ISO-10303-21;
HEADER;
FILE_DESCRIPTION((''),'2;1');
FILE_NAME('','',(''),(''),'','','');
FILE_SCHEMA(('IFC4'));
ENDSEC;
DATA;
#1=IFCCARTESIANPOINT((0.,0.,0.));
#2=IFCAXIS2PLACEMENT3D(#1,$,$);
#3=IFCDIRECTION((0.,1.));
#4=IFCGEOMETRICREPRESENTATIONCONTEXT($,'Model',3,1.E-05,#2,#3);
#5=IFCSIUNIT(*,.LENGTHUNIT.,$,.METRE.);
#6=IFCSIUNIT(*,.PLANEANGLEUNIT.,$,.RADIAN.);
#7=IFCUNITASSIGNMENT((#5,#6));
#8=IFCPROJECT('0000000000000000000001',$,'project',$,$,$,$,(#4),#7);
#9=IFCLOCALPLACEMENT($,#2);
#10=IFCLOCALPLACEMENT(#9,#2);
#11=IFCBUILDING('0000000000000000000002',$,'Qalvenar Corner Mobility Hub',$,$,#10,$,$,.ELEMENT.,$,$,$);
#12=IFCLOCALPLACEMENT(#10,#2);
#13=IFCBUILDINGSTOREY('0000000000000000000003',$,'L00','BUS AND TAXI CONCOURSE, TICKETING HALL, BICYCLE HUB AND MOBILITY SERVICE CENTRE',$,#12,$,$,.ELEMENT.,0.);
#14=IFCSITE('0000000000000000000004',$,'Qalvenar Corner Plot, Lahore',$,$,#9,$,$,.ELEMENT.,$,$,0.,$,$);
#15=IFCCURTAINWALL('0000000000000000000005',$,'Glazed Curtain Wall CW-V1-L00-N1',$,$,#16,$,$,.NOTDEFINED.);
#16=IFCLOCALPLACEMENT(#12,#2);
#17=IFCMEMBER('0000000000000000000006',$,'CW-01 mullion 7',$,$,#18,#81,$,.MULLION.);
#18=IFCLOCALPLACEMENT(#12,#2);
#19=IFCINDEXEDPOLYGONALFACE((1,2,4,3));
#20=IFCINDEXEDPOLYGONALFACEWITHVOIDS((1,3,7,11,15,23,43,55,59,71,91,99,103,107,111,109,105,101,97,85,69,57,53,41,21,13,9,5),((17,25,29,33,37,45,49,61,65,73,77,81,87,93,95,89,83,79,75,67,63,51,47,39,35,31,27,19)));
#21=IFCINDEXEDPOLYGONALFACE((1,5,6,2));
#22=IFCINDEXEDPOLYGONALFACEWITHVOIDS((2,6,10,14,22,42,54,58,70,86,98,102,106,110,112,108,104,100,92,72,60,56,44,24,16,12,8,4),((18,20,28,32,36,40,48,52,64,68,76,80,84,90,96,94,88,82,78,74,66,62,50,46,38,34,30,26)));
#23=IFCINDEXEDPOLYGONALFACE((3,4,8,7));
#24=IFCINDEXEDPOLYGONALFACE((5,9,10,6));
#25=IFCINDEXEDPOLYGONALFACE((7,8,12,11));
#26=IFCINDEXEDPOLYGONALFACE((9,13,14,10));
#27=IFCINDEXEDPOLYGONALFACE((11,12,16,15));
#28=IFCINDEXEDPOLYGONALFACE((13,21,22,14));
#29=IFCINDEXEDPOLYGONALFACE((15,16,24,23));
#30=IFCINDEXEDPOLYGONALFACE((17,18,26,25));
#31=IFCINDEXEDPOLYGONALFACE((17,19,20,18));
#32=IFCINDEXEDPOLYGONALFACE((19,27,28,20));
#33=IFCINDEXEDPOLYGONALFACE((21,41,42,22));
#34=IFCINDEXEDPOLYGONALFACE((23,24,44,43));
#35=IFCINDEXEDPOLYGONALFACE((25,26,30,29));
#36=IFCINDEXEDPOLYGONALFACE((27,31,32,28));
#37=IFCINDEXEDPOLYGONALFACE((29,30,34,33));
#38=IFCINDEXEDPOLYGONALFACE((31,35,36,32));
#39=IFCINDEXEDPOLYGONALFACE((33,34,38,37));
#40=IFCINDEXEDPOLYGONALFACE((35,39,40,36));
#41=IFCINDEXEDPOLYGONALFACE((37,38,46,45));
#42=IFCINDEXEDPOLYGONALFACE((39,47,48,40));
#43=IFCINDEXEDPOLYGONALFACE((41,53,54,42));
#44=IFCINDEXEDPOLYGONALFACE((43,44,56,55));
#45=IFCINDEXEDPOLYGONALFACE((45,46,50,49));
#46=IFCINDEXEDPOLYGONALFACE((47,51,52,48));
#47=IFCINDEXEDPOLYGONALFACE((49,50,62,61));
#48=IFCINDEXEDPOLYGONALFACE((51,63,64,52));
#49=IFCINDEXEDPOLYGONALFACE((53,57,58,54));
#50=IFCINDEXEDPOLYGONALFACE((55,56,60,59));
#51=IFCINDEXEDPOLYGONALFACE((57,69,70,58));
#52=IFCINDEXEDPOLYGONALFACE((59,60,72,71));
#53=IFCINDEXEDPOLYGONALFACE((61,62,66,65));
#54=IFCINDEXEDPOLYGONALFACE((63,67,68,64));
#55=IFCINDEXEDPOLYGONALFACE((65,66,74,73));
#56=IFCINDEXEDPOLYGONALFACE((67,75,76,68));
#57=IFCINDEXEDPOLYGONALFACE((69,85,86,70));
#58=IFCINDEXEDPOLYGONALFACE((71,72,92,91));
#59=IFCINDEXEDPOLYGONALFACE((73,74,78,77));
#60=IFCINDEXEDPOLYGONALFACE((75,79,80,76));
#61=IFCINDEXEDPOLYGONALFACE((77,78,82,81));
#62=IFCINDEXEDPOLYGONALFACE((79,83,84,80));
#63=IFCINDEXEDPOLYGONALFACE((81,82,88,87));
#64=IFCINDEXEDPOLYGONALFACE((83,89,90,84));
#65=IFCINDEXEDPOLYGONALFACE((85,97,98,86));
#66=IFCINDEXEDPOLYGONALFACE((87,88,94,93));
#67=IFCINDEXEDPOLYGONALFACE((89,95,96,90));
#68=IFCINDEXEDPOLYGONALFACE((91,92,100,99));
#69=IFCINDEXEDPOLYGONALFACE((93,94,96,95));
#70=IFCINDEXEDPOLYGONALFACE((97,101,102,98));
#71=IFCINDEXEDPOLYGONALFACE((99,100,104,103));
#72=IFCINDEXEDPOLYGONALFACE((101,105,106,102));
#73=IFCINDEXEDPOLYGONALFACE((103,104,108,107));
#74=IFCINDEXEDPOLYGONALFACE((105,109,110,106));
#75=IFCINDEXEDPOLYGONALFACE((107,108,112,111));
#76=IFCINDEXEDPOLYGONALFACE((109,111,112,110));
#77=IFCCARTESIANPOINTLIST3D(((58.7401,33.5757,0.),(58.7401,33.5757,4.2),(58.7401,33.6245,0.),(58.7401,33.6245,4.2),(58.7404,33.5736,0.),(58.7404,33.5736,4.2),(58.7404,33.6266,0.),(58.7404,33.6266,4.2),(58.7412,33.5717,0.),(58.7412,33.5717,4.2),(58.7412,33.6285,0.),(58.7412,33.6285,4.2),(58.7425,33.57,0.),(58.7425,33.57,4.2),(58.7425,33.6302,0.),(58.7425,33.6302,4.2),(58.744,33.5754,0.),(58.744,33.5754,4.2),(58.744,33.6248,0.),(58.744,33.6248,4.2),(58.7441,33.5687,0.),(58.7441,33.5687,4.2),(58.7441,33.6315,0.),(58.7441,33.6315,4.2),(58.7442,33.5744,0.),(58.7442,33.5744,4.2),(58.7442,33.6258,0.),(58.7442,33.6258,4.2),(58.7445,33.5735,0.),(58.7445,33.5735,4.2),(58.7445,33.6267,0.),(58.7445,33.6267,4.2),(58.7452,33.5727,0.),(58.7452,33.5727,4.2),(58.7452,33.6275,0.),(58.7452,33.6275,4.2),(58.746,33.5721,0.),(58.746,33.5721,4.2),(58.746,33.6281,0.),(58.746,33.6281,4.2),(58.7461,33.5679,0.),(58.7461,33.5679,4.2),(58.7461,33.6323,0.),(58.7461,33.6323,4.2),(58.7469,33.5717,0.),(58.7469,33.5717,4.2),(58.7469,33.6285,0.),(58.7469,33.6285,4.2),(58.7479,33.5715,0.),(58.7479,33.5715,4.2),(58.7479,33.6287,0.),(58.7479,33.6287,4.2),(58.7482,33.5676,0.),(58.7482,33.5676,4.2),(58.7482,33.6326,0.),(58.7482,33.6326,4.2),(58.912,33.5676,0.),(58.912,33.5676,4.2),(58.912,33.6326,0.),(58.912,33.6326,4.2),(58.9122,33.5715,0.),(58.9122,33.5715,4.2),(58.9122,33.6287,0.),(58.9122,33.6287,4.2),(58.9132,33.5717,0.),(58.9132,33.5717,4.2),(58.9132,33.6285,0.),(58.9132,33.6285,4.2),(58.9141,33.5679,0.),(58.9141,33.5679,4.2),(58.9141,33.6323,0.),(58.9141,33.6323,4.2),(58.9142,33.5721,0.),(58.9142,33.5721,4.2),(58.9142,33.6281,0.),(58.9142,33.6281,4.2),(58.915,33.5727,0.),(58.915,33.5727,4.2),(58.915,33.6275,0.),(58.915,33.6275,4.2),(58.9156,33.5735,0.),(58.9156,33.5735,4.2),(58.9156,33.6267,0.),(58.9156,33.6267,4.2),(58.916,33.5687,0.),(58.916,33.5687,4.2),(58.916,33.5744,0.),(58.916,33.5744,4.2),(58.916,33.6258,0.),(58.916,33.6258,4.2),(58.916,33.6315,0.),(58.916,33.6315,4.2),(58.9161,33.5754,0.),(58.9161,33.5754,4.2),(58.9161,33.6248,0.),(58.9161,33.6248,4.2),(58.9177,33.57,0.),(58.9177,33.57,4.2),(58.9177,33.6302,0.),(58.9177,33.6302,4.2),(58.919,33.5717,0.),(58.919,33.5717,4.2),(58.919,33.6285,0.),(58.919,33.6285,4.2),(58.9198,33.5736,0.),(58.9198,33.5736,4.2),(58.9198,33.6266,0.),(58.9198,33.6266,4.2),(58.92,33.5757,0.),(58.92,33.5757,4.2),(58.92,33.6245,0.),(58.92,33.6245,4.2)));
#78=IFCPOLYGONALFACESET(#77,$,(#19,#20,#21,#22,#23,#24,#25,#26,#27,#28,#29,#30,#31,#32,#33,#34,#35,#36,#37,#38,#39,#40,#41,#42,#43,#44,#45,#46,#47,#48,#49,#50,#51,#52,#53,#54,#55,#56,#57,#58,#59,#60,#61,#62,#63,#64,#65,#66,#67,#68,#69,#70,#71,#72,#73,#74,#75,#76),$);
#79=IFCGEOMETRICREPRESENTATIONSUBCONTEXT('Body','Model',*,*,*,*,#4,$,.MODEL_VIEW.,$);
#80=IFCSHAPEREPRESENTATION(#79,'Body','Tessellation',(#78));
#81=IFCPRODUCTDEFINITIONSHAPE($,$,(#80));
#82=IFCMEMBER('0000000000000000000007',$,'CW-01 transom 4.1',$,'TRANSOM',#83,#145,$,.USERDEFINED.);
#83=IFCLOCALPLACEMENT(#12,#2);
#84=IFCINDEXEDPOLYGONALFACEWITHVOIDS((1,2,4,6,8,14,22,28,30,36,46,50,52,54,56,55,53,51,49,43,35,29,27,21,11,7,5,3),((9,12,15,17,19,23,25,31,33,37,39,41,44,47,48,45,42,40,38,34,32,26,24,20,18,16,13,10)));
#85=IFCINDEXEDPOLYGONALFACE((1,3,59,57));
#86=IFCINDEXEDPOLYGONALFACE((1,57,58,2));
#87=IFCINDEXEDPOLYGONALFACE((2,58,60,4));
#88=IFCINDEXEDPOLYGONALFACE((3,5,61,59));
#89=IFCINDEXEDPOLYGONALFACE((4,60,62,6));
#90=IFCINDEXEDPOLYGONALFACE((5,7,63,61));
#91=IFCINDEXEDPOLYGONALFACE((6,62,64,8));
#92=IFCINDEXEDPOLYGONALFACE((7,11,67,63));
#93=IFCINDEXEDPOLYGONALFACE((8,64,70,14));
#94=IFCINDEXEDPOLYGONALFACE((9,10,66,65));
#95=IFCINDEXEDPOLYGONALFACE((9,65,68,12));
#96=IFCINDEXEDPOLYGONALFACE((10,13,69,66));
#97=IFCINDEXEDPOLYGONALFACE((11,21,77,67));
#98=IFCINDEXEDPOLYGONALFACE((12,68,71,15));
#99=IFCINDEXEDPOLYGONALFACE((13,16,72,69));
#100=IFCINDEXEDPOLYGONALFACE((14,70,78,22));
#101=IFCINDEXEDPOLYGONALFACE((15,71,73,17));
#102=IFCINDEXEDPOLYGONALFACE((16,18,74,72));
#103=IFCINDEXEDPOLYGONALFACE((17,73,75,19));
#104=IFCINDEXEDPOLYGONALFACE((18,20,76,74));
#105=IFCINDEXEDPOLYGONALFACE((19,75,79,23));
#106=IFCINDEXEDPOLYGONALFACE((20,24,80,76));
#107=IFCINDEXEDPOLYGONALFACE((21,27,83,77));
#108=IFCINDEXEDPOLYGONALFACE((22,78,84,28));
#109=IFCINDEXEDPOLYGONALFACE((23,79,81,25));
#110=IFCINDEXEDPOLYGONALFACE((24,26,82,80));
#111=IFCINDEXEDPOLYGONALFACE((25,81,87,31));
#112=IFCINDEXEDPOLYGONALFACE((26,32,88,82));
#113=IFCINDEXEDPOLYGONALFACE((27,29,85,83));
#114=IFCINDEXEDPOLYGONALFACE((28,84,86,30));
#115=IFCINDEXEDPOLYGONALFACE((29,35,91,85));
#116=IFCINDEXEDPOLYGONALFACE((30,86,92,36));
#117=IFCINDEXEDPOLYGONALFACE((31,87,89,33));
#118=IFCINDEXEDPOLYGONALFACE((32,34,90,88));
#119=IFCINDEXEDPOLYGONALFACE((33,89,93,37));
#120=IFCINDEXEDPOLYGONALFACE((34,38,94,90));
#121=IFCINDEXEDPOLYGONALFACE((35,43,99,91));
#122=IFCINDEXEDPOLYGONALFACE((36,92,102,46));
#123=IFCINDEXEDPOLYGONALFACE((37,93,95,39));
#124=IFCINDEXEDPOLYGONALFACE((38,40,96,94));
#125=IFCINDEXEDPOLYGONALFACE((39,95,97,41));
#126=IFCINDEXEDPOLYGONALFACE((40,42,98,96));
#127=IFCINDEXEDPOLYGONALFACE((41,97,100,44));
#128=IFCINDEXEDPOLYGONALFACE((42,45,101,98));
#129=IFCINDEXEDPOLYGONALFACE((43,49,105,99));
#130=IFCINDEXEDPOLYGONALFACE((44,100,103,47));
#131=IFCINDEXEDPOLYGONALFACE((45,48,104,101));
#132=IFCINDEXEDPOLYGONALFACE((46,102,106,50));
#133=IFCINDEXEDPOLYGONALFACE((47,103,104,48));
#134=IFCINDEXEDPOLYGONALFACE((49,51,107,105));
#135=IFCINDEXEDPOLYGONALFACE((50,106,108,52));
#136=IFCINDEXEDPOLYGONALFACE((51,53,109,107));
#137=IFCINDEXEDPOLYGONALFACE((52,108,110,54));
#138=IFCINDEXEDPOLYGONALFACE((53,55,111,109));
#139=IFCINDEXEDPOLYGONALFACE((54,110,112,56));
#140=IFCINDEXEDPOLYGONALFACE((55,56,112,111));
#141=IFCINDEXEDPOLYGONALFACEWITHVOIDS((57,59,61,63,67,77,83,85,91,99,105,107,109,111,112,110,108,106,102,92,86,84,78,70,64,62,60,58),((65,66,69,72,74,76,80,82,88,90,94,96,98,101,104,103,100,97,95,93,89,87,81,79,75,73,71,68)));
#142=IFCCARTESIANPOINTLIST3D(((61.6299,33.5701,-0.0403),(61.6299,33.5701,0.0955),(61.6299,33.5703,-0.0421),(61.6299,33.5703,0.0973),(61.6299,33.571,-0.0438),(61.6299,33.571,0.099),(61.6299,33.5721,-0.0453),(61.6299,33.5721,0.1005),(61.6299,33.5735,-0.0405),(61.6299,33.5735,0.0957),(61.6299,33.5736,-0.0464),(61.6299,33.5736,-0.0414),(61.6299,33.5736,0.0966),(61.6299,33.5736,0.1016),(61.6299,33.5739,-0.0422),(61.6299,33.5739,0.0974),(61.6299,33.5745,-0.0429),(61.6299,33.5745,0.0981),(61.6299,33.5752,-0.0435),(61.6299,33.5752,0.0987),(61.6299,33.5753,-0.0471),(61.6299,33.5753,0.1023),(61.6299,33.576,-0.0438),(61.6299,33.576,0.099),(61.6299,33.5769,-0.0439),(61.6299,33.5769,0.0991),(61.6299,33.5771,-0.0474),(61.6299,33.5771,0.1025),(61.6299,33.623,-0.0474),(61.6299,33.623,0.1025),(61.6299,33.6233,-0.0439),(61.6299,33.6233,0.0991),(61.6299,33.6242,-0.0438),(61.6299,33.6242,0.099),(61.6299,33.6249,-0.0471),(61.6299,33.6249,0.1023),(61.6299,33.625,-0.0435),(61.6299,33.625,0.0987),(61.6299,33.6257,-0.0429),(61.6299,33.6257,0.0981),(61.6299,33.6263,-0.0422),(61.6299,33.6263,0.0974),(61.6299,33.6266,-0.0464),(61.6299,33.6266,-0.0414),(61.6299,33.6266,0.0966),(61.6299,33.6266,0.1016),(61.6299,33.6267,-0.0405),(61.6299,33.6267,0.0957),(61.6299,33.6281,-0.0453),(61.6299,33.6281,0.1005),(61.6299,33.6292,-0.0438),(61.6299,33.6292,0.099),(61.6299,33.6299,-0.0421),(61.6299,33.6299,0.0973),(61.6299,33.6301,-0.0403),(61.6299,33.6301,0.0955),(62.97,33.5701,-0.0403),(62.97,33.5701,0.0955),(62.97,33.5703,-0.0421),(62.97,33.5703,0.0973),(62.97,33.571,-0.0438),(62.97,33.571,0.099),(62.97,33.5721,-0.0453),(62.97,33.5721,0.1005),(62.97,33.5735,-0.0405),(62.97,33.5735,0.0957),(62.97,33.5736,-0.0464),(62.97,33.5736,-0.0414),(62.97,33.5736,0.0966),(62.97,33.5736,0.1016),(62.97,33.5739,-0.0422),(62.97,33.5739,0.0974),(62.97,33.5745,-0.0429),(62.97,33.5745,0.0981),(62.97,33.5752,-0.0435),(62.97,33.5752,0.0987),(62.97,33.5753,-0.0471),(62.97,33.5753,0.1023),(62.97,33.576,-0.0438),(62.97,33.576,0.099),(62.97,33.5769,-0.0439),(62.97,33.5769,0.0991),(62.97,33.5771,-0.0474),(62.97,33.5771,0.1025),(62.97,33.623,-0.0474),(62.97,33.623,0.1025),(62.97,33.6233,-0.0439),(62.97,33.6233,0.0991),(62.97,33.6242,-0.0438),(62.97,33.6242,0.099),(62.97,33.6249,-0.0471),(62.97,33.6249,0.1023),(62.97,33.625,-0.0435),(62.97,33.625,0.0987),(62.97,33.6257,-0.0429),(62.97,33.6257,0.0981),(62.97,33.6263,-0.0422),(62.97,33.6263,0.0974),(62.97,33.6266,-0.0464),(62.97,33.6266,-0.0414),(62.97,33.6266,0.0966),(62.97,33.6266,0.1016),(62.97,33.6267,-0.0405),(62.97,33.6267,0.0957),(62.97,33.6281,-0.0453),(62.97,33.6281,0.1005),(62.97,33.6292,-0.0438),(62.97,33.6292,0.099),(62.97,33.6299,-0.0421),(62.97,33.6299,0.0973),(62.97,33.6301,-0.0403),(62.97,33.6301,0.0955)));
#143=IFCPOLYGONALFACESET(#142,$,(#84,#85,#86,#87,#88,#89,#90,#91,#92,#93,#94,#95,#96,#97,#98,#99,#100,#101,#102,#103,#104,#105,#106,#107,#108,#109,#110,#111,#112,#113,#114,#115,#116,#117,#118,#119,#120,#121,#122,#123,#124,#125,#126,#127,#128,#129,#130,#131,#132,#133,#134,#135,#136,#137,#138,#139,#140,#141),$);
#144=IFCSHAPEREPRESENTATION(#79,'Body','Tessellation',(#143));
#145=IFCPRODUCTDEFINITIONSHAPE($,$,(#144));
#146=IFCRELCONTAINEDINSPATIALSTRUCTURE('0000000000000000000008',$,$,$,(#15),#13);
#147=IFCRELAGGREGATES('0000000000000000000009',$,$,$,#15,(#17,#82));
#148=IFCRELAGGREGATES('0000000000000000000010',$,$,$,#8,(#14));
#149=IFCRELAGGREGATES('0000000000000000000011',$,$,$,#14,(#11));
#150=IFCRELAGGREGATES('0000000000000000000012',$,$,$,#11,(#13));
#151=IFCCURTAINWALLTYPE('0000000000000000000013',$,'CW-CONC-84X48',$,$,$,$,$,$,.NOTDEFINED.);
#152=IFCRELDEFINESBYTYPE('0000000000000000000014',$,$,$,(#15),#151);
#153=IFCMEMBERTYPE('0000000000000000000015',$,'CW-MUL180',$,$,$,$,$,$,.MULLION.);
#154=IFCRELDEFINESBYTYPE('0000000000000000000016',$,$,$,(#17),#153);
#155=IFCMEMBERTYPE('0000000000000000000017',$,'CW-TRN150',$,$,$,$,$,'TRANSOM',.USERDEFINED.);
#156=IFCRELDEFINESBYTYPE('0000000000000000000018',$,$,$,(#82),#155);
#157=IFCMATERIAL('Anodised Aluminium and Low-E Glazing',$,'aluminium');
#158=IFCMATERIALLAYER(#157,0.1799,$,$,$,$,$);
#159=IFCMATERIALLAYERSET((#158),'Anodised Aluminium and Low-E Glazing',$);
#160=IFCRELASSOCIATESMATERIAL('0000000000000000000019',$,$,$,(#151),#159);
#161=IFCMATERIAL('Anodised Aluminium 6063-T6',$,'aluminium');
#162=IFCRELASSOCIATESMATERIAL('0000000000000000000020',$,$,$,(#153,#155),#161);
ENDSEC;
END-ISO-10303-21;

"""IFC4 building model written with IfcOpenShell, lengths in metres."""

from ifc_helpers import new_model, si_unit, direction, frame, origin, origin_2d, place, context, subcontext, project, spatial, hollow_rectangle, extrude, material, layer, layer_set, material_profile, profile_set, type_object, element, aggregate, save


model = new_model("IFC4")

# Units and contexts
model_context = context("Model", 3, precision=1e-05, world=origin(), true_north=direction((0.0, 1.0)))
body_context = subcontext(model_context, "Body", "Model", "MODEL_VIEW")
ifc_project = project(units=[si_unit("LENGTHUNIT", "METRE"), si_unit("PLANEANGLEUNIT", "RADIAN")], contexts=[model_context])

# Site, building, storey
site_placement = place(None, origin())
site = spatial("IfcSite", under=ifc_project, at=site_placement, Name="Qalvenar Corner Plot, Lahore", CompositionType="ELEMENT", RefElevation=0.0)
building_placement = place(site_placement, origin())
building = spatial("IfcBuilding", under=site, at=building_placement, Name="Qalvenar Corner Mobility Hub", CompositionType="ELEMENT")
storey_placement = place(building_placement, origin())
storey = spatial("IfcBuildingStorey", under=building, at=storey_placement, Name="L00", Description="BUS AND TAXI CONCOURSE, TICKETING HALL, BICYCLE HUB AND MOBILITY SERVICE CENTRE", CompositionType="ELEMENT", Elevation=0.0)

# Curtain wall, members
ifc_material_1 = material(Name="Anodised Aluminium and Low-E Glazing", Category="aluminium")
ifc_layer_1 = layer(ifc_material_1, 0.1799)
ifc_layer_set_1 = layer_set([ifc_layer_1], Name="Anodised Aluminium and Low-E Glazing")
curtain_wall_type = type_object("IfcCurtainWallType", Name="CW-CONC-84X48", PredefinedType="NOTDEFINED", material=ifc_layer_set_1)
curtain_wall_placement = place(storey_placement, origin())
curtain_wall = element("IfcCurtainWall", 1, at=curtain_wall_placement, inside=storey, type_object=curtain_wall_type, Name="Glazed Curtain Wall CW-V1-L00-N1", PredefinedType="NOTDEFINED")
ifc_material_2 = material(Name="Anodised Aluminium 6063-T6", Category="aluminium")
ifc_material_profile_1 = material_profile(ifc_material_2, hollow_rectangle(XDim=0.0649, YDim=0.1799, WallThickness=0.0039, InnerFilletRadius=0.0039, OuterFilletRadius=0.0081, at=origin_2d()), Name="RHS180x65x4")
ifc_profile_set_1 = profile_set([ifc_material_profile_1], Name="Anodised Aluminium 6063-T6")
member_type_1 = type_object("IfcMemberType", Name="CW-MUL180", PredefinedType="MULLION", material=ifc_profile_set_1)
member_1_placement = place(storey_placement, frame((58.8301, 33.6001, 0.0), z_axis=(0.0, 0.0, 1.0), x_axis=(0.0, -1.0, 0.0)))
member_1 = element("IfcMember", 2, at=member_1_placement, type_object=member_type_1, Name="CW-01 mullion 7", PredefinedType="MULLION", context=body_context, shape_type="SweptSolid", body=[
    extrude(hollow_rectangle(XDim=0.0649, YDim=0.1799, WallThickness=0.0039, InnerFilletRadius=0.0039, OuterFilletRadius=0.0081, at=origin_2d()), origin(), (0.0, 0.0, 1.0), 4.2),
])
ifc_material_profile_2 = material_profile(ifc_material_2, hollow_rectangle(XDim=0.0601, YDim=0.1499, WallThickness=0.0034, InnerFilletRadius=0.0034, OuterFilletRadius=0.0071, at=origin_2d()), Name="RHS150x60x3.5")
ifc_profile_set_2 = profile_set([ifc_material_profile_2], Name="Anodised Aluminium 6063-T6")
member_type_2 = type_object("IfcMemberType", Name="CW-TRN150", ElementType="TRANSOM", PredefinedType="USERDEFINED", material=ifc_profile_set_2)
member_2_placement = place(storey_placement, frame((62.97, 33.6001, 0.0276), z_axis=(-1.0, 0.0, 0.0), x_axis=(0.0, -1.0, 0.0)))
member_2 = element("IfcMember", 3, at=member_2_placement, type_object=member_type_2, Name="CW-01 transom 4.1", ObjectType="TRANSOM", PredefinedType="USERDEFINED", context=body_context, shape_type="SweptSolid", body=[
    extrude(hollow_rectangle(XDim=0.0601, YDim=0.1499, WallThickness=0.0034, InnerFilletRadius=0.0034, OuterFilletRadius=0.0071, at=origin_2d()), origin(), (0.0, 0.0, 1.0), 1.3401),
])
aggregate(curtain_wall, [member_1, member_2])

save(model, "model.ifc")
